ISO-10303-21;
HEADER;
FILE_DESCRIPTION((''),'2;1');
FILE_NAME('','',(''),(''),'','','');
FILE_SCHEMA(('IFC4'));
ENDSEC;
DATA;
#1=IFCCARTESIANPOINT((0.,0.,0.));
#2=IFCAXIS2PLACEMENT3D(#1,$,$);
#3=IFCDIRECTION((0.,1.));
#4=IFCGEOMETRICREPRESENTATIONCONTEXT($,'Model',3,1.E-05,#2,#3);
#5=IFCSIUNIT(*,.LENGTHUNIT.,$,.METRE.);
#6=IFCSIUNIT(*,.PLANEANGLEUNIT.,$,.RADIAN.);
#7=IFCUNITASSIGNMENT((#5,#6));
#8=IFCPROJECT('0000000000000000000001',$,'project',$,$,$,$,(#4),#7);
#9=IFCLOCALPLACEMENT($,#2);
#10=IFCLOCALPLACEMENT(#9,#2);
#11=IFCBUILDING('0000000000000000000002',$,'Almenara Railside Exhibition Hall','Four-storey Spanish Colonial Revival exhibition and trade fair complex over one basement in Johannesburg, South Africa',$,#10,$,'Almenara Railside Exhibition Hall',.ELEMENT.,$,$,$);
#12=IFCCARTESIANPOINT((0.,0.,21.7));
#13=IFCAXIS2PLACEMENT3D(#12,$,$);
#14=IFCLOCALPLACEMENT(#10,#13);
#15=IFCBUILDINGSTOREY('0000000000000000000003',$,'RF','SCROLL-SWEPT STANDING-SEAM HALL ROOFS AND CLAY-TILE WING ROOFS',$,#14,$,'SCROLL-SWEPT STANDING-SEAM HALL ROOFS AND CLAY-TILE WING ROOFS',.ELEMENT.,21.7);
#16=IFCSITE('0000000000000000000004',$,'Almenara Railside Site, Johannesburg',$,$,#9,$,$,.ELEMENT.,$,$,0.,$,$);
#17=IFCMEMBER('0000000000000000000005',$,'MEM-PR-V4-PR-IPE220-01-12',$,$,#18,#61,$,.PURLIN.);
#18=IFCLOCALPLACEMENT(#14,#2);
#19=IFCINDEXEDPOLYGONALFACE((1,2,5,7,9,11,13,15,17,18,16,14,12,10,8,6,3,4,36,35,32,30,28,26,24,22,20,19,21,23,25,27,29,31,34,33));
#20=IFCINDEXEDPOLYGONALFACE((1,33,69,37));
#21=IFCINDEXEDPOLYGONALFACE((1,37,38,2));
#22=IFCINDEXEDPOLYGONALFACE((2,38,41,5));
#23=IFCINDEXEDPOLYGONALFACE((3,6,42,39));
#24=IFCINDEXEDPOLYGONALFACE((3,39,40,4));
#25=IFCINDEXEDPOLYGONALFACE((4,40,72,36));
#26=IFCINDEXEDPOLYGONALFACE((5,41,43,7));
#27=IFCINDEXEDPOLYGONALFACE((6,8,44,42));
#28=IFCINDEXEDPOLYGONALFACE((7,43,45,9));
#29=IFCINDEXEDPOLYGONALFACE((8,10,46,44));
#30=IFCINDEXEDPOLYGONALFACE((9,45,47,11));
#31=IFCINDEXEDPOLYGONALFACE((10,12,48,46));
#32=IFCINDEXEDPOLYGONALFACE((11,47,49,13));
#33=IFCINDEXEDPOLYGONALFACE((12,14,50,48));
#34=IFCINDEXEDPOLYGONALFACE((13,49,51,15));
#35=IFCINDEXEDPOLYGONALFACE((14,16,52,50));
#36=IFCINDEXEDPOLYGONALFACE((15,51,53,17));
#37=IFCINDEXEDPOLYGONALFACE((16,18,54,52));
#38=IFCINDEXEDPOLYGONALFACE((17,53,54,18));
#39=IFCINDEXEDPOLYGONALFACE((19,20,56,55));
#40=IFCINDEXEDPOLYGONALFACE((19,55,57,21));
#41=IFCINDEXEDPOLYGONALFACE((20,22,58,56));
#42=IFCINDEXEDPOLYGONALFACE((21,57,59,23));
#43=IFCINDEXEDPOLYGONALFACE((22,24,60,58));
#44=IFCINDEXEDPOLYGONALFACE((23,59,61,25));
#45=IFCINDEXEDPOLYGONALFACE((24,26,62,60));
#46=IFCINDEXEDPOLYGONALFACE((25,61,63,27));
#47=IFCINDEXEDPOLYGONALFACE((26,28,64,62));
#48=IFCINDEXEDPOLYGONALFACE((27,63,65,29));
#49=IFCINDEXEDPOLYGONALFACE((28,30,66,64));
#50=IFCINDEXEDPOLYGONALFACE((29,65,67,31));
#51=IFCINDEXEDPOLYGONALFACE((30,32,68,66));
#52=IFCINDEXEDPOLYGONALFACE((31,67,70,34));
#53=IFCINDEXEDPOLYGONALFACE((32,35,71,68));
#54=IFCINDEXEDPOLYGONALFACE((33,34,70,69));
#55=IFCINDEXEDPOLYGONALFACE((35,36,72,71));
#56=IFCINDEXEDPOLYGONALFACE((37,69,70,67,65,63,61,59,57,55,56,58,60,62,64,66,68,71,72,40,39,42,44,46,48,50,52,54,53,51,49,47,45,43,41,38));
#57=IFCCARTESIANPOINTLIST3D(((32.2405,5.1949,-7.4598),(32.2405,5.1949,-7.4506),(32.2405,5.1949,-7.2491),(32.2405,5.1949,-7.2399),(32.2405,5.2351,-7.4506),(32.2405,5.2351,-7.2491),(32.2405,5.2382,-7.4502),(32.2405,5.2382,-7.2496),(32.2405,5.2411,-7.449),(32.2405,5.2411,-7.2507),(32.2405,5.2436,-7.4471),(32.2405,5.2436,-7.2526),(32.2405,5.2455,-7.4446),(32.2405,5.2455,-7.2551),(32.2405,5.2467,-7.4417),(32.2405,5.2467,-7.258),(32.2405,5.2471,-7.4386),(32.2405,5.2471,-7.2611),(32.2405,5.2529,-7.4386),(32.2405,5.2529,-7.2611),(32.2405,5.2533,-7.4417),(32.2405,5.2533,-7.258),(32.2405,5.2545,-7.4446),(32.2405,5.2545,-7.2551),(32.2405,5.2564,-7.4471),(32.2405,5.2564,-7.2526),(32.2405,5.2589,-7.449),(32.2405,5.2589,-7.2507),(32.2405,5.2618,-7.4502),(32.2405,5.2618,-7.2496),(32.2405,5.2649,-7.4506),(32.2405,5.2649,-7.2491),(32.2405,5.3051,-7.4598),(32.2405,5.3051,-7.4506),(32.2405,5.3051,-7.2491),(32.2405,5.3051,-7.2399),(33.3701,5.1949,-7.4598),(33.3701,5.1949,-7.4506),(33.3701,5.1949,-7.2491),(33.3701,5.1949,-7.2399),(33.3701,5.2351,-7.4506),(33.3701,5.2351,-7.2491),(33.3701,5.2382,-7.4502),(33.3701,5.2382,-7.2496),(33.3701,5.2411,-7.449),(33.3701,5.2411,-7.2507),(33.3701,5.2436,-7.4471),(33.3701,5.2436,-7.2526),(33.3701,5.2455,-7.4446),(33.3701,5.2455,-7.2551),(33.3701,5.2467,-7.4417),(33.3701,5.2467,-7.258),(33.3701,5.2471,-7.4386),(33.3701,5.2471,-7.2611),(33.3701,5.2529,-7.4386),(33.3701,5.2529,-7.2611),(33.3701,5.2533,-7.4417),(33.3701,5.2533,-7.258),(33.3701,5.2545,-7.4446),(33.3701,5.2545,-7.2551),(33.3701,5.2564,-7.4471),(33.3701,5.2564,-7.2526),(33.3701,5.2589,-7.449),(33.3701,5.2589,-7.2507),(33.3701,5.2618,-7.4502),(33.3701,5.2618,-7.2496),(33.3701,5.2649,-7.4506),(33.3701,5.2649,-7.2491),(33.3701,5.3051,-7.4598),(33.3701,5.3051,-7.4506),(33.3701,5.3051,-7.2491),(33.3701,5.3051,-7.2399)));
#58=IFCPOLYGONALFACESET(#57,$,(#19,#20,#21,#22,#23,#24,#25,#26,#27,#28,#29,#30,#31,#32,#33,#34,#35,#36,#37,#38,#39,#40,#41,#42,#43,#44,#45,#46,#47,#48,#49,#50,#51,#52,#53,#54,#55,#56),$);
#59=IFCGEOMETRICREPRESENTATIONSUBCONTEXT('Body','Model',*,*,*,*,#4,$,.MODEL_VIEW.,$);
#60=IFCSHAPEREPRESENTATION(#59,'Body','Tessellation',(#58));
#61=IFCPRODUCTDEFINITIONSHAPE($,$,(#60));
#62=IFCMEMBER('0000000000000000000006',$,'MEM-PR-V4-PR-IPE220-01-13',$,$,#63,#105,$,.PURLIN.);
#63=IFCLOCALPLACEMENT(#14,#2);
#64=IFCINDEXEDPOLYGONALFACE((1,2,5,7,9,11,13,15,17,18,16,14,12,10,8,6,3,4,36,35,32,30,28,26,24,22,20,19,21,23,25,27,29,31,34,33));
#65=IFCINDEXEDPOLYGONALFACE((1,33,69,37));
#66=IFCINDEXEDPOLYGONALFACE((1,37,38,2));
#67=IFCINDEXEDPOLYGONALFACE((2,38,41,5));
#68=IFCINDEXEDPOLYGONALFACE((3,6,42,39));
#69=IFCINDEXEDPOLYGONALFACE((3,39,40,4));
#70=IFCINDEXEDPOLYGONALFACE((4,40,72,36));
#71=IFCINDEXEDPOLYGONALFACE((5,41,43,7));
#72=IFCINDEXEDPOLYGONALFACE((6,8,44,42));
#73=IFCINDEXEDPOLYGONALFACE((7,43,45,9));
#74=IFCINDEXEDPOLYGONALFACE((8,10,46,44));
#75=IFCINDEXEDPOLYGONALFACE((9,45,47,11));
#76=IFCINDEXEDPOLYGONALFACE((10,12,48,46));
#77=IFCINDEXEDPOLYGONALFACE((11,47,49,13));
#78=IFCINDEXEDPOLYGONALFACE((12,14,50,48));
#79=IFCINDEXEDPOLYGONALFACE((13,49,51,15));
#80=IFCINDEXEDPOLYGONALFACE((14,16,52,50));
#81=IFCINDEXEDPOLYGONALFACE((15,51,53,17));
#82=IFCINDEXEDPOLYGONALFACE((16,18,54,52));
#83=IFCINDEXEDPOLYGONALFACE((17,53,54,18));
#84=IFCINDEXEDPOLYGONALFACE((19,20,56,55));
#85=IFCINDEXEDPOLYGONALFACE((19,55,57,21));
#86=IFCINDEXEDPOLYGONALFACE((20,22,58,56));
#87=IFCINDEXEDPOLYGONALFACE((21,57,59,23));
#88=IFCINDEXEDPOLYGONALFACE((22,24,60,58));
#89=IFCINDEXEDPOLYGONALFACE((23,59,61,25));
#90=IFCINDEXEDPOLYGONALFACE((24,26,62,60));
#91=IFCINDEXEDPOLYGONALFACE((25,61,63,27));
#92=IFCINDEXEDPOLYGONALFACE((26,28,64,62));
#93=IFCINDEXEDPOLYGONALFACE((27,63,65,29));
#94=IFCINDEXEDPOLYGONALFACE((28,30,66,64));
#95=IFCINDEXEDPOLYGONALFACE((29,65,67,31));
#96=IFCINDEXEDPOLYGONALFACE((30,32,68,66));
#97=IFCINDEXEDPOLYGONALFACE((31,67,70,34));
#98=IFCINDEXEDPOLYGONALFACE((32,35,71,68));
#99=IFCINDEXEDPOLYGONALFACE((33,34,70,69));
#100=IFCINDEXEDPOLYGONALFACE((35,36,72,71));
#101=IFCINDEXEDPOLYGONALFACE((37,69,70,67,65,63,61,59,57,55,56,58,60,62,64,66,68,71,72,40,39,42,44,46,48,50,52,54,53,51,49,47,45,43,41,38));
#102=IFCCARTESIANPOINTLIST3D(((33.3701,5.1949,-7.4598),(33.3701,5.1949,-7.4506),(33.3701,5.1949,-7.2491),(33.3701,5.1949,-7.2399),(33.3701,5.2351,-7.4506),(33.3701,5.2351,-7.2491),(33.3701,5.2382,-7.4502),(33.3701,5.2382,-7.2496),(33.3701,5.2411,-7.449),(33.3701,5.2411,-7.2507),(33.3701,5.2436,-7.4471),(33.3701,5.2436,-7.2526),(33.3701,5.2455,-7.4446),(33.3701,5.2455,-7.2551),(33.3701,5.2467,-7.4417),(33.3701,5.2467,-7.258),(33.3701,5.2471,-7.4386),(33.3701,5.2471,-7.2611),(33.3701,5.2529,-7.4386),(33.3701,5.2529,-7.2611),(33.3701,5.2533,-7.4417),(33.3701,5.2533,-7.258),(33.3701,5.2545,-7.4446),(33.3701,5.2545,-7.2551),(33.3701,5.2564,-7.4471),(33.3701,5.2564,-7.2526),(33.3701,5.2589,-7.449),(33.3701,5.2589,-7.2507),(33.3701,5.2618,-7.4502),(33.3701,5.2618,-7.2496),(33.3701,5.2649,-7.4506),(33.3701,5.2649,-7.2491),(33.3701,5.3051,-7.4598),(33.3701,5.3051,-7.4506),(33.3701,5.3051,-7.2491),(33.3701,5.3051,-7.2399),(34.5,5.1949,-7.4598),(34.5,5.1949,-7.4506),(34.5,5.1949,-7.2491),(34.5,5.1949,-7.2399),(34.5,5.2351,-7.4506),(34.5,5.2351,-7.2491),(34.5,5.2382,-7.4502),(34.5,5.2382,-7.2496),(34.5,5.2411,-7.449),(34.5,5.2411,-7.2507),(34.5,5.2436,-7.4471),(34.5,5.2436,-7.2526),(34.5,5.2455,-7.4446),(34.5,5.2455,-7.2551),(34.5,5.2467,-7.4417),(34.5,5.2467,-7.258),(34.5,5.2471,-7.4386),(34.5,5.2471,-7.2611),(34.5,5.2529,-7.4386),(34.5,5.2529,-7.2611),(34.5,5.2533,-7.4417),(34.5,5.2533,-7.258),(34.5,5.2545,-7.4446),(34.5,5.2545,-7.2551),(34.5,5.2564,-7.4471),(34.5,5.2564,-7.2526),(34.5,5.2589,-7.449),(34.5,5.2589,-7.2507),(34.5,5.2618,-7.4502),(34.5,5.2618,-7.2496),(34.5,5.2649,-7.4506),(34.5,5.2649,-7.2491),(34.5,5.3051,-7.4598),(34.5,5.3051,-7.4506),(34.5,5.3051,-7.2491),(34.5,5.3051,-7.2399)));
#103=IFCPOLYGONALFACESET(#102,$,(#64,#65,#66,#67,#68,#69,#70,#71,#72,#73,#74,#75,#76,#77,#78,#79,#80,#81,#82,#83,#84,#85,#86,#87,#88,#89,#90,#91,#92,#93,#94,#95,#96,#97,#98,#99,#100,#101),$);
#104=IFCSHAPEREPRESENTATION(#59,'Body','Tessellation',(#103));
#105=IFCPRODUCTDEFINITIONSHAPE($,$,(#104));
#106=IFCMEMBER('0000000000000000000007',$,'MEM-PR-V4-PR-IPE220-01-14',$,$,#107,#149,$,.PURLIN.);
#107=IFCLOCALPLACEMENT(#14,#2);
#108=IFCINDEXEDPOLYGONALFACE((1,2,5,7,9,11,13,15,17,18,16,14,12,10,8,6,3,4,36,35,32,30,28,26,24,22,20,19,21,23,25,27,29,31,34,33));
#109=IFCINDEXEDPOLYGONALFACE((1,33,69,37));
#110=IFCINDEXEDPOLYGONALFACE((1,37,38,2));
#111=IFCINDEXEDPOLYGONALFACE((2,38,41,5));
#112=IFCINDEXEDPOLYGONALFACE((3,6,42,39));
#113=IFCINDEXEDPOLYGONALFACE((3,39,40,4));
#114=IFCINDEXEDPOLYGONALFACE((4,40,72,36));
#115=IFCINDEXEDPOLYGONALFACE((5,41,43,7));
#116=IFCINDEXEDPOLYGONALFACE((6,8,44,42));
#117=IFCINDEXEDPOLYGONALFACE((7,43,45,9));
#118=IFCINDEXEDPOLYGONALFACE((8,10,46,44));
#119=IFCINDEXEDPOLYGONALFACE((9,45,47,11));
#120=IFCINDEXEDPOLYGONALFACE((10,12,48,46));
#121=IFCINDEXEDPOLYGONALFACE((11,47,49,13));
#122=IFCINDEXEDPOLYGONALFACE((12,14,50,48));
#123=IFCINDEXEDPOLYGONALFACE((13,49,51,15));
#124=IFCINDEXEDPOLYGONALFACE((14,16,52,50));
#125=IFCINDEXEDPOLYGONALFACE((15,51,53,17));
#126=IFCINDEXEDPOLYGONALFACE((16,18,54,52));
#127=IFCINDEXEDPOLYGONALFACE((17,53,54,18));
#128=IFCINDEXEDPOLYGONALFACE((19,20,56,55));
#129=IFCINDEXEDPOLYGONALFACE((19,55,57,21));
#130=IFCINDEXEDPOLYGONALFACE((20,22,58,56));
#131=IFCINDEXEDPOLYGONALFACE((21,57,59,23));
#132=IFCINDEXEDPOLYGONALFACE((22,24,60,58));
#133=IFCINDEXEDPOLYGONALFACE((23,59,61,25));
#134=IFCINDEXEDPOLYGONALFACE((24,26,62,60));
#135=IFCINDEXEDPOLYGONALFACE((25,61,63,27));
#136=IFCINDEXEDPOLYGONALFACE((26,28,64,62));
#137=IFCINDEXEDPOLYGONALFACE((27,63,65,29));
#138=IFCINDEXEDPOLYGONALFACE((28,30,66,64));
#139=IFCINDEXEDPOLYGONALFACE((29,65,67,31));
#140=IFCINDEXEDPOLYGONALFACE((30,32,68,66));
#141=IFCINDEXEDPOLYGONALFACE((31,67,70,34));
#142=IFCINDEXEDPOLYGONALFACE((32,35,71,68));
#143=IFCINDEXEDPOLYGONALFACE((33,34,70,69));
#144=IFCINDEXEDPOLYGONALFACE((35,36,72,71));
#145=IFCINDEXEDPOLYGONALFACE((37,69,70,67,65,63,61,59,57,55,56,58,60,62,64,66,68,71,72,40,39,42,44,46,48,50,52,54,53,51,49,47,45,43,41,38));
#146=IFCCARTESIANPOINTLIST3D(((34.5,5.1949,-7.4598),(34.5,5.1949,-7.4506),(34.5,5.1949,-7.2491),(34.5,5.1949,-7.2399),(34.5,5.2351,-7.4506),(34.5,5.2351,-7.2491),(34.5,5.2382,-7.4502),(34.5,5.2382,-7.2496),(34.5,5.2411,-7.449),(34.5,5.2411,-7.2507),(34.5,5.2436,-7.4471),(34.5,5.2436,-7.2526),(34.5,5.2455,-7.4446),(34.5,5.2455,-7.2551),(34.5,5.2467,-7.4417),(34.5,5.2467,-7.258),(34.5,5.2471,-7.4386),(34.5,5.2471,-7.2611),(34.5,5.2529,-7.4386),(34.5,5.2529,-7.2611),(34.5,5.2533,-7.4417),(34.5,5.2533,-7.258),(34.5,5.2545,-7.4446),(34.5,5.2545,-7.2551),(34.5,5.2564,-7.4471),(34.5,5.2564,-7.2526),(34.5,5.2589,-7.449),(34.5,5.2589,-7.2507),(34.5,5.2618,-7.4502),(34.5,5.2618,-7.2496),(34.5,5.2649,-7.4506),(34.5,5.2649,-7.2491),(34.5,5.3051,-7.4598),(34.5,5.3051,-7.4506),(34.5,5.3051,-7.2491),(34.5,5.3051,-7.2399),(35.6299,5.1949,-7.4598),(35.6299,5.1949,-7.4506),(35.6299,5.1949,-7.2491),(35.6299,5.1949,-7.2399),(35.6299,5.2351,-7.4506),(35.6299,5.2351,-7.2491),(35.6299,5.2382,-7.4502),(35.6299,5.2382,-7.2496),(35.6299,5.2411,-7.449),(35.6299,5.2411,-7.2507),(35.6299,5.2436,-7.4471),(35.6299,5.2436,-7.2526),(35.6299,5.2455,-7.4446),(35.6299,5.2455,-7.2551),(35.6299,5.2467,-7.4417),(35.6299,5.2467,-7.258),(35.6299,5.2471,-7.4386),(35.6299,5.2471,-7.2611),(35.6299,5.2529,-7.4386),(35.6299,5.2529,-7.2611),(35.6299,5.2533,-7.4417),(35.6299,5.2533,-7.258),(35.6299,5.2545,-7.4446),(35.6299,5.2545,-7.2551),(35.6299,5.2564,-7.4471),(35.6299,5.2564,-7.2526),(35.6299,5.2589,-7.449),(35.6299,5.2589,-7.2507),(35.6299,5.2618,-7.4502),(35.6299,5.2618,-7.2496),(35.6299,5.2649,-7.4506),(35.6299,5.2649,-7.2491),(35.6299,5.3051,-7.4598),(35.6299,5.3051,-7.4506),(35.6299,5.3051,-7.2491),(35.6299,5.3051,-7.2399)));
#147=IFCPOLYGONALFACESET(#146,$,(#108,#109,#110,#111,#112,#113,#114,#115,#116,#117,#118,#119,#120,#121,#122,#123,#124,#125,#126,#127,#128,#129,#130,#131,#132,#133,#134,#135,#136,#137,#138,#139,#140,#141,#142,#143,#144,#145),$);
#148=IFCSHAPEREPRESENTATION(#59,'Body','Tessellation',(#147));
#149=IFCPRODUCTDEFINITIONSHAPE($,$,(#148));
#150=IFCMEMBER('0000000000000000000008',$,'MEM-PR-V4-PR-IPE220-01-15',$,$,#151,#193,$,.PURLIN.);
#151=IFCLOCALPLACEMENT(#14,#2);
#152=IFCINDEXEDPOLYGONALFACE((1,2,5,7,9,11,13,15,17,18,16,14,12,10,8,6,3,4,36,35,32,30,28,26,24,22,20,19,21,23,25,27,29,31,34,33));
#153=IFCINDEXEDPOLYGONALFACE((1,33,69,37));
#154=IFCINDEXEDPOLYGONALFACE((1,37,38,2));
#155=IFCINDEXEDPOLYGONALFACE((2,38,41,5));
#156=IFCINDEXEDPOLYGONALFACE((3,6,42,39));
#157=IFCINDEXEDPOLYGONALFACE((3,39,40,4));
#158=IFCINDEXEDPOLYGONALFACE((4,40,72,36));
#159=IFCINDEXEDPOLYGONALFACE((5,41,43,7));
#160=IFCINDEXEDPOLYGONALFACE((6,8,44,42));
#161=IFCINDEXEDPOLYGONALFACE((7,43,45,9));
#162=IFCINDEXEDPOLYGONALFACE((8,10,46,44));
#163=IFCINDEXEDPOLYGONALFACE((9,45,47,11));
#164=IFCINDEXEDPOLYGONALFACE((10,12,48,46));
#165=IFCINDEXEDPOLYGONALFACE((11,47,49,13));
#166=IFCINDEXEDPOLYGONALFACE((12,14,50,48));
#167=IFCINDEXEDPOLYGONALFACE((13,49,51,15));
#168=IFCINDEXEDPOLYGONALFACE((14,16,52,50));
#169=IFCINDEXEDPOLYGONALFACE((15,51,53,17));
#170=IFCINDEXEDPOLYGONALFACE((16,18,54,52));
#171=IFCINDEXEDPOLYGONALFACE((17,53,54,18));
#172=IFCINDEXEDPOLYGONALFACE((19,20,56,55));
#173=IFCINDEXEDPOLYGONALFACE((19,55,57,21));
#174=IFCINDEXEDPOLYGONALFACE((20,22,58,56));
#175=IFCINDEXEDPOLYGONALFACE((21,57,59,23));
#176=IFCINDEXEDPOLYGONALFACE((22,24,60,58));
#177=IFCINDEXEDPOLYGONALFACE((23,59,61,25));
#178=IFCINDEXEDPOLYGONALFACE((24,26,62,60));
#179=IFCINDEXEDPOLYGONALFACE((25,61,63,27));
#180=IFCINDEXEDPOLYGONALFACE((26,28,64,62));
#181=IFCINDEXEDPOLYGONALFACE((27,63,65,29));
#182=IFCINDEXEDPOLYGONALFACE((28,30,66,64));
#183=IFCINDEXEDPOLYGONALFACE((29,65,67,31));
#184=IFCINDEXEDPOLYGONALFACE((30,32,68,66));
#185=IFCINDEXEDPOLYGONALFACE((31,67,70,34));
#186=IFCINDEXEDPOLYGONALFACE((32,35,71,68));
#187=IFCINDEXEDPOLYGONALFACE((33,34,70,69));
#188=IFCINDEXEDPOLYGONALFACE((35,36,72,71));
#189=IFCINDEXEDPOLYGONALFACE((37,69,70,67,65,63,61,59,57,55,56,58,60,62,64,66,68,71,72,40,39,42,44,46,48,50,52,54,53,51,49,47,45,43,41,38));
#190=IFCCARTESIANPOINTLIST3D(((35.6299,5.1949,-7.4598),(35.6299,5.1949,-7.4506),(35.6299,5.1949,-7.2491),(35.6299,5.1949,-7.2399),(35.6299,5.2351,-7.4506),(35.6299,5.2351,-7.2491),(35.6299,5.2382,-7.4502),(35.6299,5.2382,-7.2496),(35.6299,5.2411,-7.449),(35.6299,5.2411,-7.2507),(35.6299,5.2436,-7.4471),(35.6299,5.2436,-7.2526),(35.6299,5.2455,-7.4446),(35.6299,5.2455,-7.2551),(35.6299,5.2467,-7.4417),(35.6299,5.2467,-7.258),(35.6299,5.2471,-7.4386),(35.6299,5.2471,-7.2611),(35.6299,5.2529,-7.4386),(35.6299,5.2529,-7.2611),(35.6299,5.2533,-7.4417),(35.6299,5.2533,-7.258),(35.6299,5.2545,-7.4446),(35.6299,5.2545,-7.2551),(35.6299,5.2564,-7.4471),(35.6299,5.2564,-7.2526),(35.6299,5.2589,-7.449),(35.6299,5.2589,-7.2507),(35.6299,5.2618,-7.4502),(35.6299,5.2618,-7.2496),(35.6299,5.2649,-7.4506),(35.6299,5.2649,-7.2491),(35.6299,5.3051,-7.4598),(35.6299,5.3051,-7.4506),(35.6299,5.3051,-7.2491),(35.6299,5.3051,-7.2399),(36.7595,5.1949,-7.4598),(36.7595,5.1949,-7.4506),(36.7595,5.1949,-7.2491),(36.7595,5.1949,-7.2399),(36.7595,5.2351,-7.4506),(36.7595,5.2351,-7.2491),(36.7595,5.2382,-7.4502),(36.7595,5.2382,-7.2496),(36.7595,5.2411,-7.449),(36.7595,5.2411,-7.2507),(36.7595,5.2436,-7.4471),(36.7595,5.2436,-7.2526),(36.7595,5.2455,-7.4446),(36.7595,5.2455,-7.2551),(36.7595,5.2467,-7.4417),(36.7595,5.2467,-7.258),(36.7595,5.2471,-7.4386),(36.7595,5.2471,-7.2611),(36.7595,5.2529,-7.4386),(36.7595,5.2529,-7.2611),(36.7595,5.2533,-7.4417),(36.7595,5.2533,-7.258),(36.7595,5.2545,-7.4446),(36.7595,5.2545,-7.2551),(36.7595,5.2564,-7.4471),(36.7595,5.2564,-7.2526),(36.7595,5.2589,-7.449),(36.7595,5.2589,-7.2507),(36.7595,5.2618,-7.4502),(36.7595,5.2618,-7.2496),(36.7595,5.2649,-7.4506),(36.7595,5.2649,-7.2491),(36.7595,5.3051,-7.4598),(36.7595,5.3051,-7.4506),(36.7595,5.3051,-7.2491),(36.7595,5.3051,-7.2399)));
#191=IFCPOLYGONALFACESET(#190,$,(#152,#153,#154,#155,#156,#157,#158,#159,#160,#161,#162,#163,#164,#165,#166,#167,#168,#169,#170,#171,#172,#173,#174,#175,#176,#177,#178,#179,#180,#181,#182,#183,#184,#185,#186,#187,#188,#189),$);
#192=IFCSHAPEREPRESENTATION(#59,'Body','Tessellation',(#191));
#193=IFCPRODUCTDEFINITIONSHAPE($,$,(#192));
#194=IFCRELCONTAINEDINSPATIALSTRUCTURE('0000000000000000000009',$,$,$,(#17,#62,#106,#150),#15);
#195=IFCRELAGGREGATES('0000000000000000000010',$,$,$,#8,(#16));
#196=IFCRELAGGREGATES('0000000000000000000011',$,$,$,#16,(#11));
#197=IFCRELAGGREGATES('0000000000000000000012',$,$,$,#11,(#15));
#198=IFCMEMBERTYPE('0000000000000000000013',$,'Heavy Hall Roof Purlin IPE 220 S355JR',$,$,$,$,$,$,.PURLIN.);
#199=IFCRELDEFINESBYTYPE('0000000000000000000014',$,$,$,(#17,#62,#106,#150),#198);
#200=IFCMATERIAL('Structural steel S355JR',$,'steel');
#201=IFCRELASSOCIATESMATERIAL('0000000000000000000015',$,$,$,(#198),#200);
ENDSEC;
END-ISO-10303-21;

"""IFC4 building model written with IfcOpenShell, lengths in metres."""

from ifc_helpers import new_model, si_unit, direction, frame, origin, origin_2d, place, context, subcontext, project, spatial, i_section, extrude, material, material_profile, profile_set, type_object, element, save


model = new_model("IFC4")

# Units and contexts
model_context = context("Model", 3, precision=1e-05, world=origin(), true_north=direction((0.0, 1.0)))
body_context = subcontext(model_context, "Body", "Model", "MODEL_VIEW")
ifc_project = project(units=[si_unit("LENGTHUNIT", "METRE"), si_unit("PLANEANGLEUNIT", "RADIAN")], contexts=[model_context])

# Site, building, storey
site_placement = place(None, origin())
site = spatial("IfcSite", under=ifc_project, at=site_placement, Name="Almenara Railside Site, Johannesburg", CompositionType="ELEMENT", RefElevation=0.0)
building_placement = place(site_placement, origin())
building = spatial("IfcBuilding", under=site, at=building_placement, Name="Almenara Railside Exhibition Hall", Description="Four-storey Spanish Colonial Revival exhibition and trade fair complex over one basement in Johannesburg, South Africa", LongName="Almenara Railside Exhibition Hall", CompositionType="ELEMENT")
storey_placement = place(building_placement, frame((0.0, 0.0, 21.7)))
storey = spatial("IfcBuildingStorey", under=building, at=storey_placement, Name="RF", Description="SCROLL-SWEPT STANDING-SEAM HALL ROOFS AND CLAY-TILE WING ROOFS", LongName="SCROLL-SWEPT STANDING-SEAM HALL ROOFS AND CLAY-TILE WING ROOFS", CompositionType="ELEMENT", Elevation=21.7)

# Members
ifc_material = material(Name="Structural steel S355JR", Category="steel")
ifc_material_profile_1 = material_profile(ifc_material, i_section(OverallWidth=0.1101, OverallDepth=0.22, WebThickness=0.0059, FlangeThickness=0.0093, FilletRadius=0.012, at=origin_2d()), Name="IPE 220")
ifc_profile_set_1 = profile_set([ifc_material_profile_1], Name="Structural steel S355JR")
member_type_1 = type_object("IfcMemberType", Name="Heavy Hall Roof Purlin IPE 220 S355JR", PredefinedType="PURLIN", material=ifc_profile_set_1)
member_1_placement = place(storey_placement, frame((32.2405, 5.25, -7.3499), z_axis=(1.0, 0.0, 0.0), x_axis=(0.0, 1.0, 0.0)))
element("IfcMember", 1, at=member_1_placement, inside=storey, type_object=member_type_1, Name="MEM-PR-V4-PR-IPE220-01-12", PredefinedType="PURLIN", context=body_context, shape_type="SweptSolid", body=[
    extrude(i_section(OverallWidth=0.1101, OverallDepth=0.22, WebThickness=0.0059, FlangeThickness=0.0093, FilletRadius=0.012, at=origin_2d()), origin(), (0.0, 0.0, 1.0), 1.1296),
])
for number, where, z_axis, x_axis, name in (
    (2, (33.3701, 5.25, -7.3499), (1.0, 0.0, 0.0), (0.0, 1.0, 0.0), "MEM-PR-V4-PR-IPE220-01-13"),
    (3, (34.5, 5.25, -7.3499), (1.0, 0.0, 0.0), (0.0, 1.0, 0.0), "MEM-PR-V4-PR-IPE220-01-14"),
):
    element("IfcMember", number, at=place(storey_placement, frame(where, z_axis=z_axis, x_axis=x_axis)), inside=storey, type_object=member_type_1, Name=name, PredefinedType="PURLIN", context=body_context, shape_type="SweptSolid", body=[
        extrude(i_section(OverallWidth=0.1101, OverallDepth=0.22, WebThickness=0.0059, FlangeThickness=0.0093, FilletRadius=0.012, at=origin_2d()), origin(), (0.0, 0.0, 1.0), 1.1299),
    ])
member_2_placement = place(storey_placement, frame((35.6299, 5.25, -7.3499), z_axis=(1.0, 0.0, 0.0), x_axis=(0.0, 1.0, 0.0)))
element("IfcMember", 4, at=member_2_placement, inside=storey, type_object=member_type_1, Name="MEM-PR-V4-PR-IPE220-01-15", PredefinedType="PURLIN", context=body_context, shape_type="SweptSolid", body=[
    extrude(i_section(OverallWidth=0.1101, OverallDepth=0.22, WebThickness=0.0059, FlangeThickness=0.0093, FilletRadius=0.012, at=origin_2d()), origin(), (0.0, 0.0, 1.0), 1.1296),
])

save(model, "model.ifc")
